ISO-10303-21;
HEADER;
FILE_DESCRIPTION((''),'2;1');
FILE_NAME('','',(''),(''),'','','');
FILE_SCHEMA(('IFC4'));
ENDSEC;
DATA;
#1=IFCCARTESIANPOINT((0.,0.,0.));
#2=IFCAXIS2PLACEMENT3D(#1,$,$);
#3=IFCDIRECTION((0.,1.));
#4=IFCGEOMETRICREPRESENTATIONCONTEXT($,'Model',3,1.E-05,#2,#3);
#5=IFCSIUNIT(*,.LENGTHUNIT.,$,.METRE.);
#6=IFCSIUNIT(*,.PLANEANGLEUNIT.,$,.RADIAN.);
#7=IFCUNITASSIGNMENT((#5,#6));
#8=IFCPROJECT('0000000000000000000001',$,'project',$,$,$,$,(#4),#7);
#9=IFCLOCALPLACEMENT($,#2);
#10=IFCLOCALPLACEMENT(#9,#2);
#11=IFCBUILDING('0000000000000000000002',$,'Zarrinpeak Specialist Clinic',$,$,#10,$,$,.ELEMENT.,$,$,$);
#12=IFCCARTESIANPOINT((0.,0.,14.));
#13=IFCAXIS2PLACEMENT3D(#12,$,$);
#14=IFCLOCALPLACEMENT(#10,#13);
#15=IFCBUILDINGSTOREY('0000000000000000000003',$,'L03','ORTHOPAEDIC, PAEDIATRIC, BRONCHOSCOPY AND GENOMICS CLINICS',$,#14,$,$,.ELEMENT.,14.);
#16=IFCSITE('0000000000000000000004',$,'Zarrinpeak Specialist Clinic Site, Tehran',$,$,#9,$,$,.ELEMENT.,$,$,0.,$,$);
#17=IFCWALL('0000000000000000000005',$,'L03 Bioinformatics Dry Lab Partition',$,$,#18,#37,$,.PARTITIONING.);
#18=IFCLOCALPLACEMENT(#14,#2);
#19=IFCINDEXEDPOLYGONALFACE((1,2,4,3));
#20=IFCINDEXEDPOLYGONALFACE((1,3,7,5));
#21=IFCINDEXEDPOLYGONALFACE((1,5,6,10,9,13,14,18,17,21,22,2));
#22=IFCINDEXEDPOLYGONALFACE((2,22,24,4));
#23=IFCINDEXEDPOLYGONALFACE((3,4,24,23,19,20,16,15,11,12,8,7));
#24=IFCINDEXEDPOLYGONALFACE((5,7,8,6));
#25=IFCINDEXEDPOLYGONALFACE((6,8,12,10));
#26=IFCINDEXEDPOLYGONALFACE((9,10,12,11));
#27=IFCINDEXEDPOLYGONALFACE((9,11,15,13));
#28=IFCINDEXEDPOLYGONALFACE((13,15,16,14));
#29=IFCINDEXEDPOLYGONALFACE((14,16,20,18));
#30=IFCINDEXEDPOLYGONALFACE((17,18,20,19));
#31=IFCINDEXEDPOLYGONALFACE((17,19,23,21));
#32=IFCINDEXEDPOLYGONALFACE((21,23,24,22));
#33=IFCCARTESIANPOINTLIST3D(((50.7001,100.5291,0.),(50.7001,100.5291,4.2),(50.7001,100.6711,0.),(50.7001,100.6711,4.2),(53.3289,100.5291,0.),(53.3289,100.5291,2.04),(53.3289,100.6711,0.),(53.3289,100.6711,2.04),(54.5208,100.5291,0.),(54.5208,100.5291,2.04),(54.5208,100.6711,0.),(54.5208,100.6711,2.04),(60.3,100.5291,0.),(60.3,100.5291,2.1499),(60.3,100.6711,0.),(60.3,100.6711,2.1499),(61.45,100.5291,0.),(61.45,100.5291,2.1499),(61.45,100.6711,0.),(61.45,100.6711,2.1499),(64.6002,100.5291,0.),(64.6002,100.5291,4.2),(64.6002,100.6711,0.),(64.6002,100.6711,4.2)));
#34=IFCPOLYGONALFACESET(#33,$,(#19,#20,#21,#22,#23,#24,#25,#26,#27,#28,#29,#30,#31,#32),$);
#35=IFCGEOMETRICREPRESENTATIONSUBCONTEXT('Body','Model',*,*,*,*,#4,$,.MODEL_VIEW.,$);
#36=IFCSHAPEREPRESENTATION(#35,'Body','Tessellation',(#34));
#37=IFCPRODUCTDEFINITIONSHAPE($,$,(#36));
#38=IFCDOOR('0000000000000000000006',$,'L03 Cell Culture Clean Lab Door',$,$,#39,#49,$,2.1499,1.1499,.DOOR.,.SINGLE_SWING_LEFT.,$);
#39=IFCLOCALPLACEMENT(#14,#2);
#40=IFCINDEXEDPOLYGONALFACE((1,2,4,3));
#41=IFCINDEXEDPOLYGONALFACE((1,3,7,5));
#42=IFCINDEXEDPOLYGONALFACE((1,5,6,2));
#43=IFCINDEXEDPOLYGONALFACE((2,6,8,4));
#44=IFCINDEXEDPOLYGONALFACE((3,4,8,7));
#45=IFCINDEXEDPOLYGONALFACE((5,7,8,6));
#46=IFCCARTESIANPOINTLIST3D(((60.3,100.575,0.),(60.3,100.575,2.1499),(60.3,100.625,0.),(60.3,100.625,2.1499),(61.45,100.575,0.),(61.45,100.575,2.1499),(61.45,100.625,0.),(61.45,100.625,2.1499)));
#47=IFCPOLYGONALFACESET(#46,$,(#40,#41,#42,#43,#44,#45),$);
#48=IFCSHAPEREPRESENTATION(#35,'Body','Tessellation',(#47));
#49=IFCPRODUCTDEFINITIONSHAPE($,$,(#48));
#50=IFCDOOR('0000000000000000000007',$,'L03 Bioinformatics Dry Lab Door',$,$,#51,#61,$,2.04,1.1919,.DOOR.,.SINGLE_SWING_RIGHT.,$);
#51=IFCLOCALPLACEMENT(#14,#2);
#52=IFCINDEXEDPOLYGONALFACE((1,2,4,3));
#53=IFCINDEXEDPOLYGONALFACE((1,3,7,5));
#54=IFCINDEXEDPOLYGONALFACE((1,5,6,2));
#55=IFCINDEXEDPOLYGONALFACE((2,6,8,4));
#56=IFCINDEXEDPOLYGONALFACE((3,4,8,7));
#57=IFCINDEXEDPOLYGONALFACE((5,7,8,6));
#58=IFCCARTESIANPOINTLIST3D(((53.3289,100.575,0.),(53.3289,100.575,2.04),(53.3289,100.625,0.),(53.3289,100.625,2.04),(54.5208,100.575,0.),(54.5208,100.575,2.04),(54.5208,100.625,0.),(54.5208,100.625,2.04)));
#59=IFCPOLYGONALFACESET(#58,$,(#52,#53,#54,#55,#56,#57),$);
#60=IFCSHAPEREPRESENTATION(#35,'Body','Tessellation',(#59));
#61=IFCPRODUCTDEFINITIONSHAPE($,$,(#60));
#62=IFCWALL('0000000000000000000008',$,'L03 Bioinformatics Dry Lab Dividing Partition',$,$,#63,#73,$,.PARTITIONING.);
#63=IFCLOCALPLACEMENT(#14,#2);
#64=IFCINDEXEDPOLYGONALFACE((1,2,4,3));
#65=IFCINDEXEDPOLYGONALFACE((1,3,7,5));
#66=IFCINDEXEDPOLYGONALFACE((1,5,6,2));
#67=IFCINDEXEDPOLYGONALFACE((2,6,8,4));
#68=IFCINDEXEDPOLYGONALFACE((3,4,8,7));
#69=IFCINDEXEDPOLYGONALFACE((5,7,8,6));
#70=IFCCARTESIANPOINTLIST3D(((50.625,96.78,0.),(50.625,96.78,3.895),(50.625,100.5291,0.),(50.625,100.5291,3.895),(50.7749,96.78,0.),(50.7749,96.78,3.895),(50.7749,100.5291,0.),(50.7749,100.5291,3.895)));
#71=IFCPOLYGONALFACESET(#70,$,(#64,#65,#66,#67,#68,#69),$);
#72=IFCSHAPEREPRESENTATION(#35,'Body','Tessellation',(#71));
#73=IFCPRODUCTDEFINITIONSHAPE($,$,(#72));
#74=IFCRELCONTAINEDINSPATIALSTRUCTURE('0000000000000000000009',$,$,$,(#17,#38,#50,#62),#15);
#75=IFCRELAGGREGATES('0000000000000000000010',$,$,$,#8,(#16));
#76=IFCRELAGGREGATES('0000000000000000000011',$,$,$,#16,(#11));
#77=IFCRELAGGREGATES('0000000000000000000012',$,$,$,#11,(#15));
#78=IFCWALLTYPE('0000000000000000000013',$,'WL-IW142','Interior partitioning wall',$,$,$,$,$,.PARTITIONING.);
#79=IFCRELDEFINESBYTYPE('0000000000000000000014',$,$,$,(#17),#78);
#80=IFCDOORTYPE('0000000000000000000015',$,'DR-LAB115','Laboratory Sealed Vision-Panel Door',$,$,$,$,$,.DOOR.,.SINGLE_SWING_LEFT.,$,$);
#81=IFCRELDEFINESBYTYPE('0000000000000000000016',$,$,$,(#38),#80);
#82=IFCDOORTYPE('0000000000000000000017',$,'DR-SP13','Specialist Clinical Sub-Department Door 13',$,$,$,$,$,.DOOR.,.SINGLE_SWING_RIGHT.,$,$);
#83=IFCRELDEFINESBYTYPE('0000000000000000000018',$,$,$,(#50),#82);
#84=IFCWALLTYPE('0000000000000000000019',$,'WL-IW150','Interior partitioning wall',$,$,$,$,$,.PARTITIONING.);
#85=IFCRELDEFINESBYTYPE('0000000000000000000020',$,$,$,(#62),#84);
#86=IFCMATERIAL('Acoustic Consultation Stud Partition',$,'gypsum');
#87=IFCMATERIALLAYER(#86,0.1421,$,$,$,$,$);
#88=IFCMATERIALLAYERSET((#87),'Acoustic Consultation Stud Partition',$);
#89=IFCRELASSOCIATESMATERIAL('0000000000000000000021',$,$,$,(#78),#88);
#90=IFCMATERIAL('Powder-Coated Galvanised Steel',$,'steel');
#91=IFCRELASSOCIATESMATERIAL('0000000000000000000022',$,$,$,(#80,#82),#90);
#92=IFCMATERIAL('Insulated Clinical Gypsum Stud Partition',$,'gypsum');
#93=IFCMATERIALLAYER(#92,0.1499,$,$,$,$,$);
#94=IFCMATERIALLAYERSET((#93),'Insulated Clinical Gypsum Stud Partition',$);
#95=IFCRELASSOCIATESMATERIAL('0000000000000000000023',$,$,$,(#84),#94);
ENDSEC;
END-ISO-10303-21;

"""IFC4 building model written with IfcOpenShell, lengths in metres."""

from ifc_helpers import new_model, si_unit, direction, frame, frame_2d, origin, place, context, subcontext, project, spatial, rectangle, extrude, material, layer, layer_set, type_object, element, fill, save


model = new_model("IFC4")

# Units and contexts
model_context = context("Model", 3, precision=1e-05, world=origin(), true_north=direction((0.0, 1.0)))
body_context = subcontext(model_context, "Body", "Model", "MODEL_VIEW")
ifc_project = project(units=[si_unit("LENGTHUNIT", "METRE"), si_unit("PLANEANGLEUNIT", "RADIAN")], contexts=[model_context])

# Site, building, storey
site_placement = place(None, origin())
site = spatial("IfcSite", under=ifc_project, at=site_placement, Name="Zarrinpeak Specialist Clinic Site, Tehran", CompositionType="ELEMENT", RefElevation=0.0)
building_placement = place(site_placement, origin())
building = spatial("IfcBuilding", under=site, at=building_placement, Name="Zarrinpeak Specialist Clinic", CompositionType="ELEMENT")
storey_placement = place(building_placement, frame((0.0, 0.0, 14.0)))
storey = spatial("IfcBuildingStorey", under=building, at=storey_placement, Name="L03", Description="ORTHOPAEDIC, PAEDIATRIC, BRONCHOSCOPY AND GENOMICS CLINICS", CompositionType="ELEMENT", Elevation=14.0)

# Wall, openings, doors
ifc_material_1 = material(Name="Acoustic Consultation Stud Partition", Category="gypsum")
ifc_layer_1 = layer(ifc_material_1, 0.1421)
ifc_layer_set_1 = layer_set([ifc_layer_1], Name="Acoustic Consultation Stud Partition")
wall_type_1 = type_object("IfcWallType", Name="WL-IW142", Description="Interior partitioning wall", PredefinedType="PARTITIONING", material=ifc_layer_set_1)
wall_1_placement = place(storey_placement, frame((50.7, 100.6001, 0.0), z_axis=(0.0, 0.0, 1.0), x_axis=(1.0, 0.0, 0.0)))
wall_1 = element("IfcWall", 1, at=wall_1_placement, inside=storey, type_object=wall_type_1, Name="L03 Bioinformatics Dry Lab Partition", PredefinedType="PARTITIONING", context=body_context, shape_type="SweptSolid", body=[
    extrude(rectangle(XDim=13.9001, YDim=0.1421, at=frame_2d((6.9502, 0.0))), origin(), (0.0, 0.0, 1.0), 4.2),
])
opening_1_placement = place(wall_1_placement, frame((2.6289, 0.0, 0.0)))
opening_1 = element("IfcOpeningElement", 2, at=opening_1_placement, cuts=wall_1, PredefinedType="OPENING", context=body_context, shape_type="SweptSolid", body=[
    extrude(rectangle(XDim=1.1919, YDim=2.04, at=frame_2d((0.5959, 1.02))), frame((0.0, 0.0811, 0.0), z_axis=(0.0, -1.0, 0.0), x_axis=(1.0, 0.0, 0.0)), (0.0, 0.0, 1.0), 0.1621),
])
opening_2_placement = place(wall_1_placement, frame((9.6001, 0.0, 0.0)))
opening_2 = element("IfcOpeningElement", 3, at=opening_2_placement, cuts=wall_1, PredefinedType="OPENING", context=body_context, shape_type="SweptSolid", body=[
    extrude(rectangle(XDim=1.1499, YDim=2.1499, at=frame_2d((0.575, 1.075))), frame((0.0, 0.0811, 0.0), z_axis=(0.0, -1.0, 0.0), x_axis=(1.0, 0.0, 0.0)), (0.0, 0.0, 1.0), 0.1621),
])
ifc_material_2 = material(Name="Powder-Coated Galvanised Steel", Category="steel")
door_type_1 = type_object("IfcDoorType", Name="DR-LAB115", Description="Laboratory Sealed Vision-Panel Door", OperationType="SINGLE_SWING_LEFT", PredefinedType="DOOR", material=ifc_material_2)
door_1_placement = place(opening_2_placement, origin())
door_1 = element("IfcDoor", 4, at=door_1_placement, inside=storey, type_object=door_type_1, Name="L03 Cell Culture Clean Lab Door", OperationType="SINGLE_SWING_LEFT", OverallHeight=2.1499, OverallWidth=1.1499, PredefinedType="DOOR", context=body_context, shape_type="SweptSolid", body=[
    extrude(rectangle(XDim=1.1499, YDim=2.1499, at=frame_2d((0.575, 1.075))), frame((0.0, 0.0249, 0.0), z_axis=(0.0, -1.0, 0.0), x_axis=(1.0, 0.0, 0.0)), (0.0, 0.0, 1.0), 0.05),
])
fill(opening_2, door_1)
door_type_2 = type_object("IfcDoorType", Name="DR-SP13", Description="Specialist Clinical Sub-Department Door 13", OperationType="SINGLE_SWING_RIGHT", PredefinedType="DOOR", material=ifc_material_2)
door_2_placement = place(opening_1_placement, origin())
door_2 = element("IfcDoor", 5, at=door_2_placement, inside=storey, type_object=door_type_2, Name="L03 Bioinformatics Dry Lab Door", OperationType="SINGLE_SWING_RIGHT", OverallHeight=2.04, OverallWidth=1.1919, PredefinedType="DOOR", context=body_context, shape_type="SweptSolid", body=[
    extrude(rectangle(XDim=1.1919, YDim=2.04, at=frame_2d((0.5959, 1.02))), frame((0.0, 0.0249, 0.0), z_axis=(0.0, -1.0, 0.0), x_axis=(1.0, 0.0, 0.0)), (0.0, 0.0, 1.0), 0.05),
])
fill(opening_1, door_2)

# Wall
ifc_material_3 = material(Name="Insulated Clinical Gypsum Stud Partition", Category="gypsum")
ifc_layer_2 = layer(ifc_material_3, 0.1499)
ifc_layer_set_2 = layer_set([ifc_layer_2], Name="Insulated Clinical Gypsum Stud Partition")
wall_type_2 = type_object("IfcWallType", Name="WL-IW150", Description="Interior partitioning wall", PredefinedType="PARTITIONING", material=ifc_layer_set_2)
wall_2_placement = place(storey_placement, frame((50.7, 96.78, 0.0), z_axis=(0.0, 0.0, 1.0), x_axis=(0.0, 1.0, 0.0)))
element("IfcWall", 6, at=wall_2_placement, inside=storey, type_object=wall_type_2, Name="L03 Bioinformatics Dry Lab Dividing Partition", PredefinedType="PARTITIONING", context=body_context, shape_type="SweptSolid", body=[
    extrude(rectangle(XDim=3.749, YDim=0.1499, at=frame_2d((1.8745, 0.0))), origin(), (0.0, 0.0, 1.0), 3.895),
])

save(model, "model.ifc")
